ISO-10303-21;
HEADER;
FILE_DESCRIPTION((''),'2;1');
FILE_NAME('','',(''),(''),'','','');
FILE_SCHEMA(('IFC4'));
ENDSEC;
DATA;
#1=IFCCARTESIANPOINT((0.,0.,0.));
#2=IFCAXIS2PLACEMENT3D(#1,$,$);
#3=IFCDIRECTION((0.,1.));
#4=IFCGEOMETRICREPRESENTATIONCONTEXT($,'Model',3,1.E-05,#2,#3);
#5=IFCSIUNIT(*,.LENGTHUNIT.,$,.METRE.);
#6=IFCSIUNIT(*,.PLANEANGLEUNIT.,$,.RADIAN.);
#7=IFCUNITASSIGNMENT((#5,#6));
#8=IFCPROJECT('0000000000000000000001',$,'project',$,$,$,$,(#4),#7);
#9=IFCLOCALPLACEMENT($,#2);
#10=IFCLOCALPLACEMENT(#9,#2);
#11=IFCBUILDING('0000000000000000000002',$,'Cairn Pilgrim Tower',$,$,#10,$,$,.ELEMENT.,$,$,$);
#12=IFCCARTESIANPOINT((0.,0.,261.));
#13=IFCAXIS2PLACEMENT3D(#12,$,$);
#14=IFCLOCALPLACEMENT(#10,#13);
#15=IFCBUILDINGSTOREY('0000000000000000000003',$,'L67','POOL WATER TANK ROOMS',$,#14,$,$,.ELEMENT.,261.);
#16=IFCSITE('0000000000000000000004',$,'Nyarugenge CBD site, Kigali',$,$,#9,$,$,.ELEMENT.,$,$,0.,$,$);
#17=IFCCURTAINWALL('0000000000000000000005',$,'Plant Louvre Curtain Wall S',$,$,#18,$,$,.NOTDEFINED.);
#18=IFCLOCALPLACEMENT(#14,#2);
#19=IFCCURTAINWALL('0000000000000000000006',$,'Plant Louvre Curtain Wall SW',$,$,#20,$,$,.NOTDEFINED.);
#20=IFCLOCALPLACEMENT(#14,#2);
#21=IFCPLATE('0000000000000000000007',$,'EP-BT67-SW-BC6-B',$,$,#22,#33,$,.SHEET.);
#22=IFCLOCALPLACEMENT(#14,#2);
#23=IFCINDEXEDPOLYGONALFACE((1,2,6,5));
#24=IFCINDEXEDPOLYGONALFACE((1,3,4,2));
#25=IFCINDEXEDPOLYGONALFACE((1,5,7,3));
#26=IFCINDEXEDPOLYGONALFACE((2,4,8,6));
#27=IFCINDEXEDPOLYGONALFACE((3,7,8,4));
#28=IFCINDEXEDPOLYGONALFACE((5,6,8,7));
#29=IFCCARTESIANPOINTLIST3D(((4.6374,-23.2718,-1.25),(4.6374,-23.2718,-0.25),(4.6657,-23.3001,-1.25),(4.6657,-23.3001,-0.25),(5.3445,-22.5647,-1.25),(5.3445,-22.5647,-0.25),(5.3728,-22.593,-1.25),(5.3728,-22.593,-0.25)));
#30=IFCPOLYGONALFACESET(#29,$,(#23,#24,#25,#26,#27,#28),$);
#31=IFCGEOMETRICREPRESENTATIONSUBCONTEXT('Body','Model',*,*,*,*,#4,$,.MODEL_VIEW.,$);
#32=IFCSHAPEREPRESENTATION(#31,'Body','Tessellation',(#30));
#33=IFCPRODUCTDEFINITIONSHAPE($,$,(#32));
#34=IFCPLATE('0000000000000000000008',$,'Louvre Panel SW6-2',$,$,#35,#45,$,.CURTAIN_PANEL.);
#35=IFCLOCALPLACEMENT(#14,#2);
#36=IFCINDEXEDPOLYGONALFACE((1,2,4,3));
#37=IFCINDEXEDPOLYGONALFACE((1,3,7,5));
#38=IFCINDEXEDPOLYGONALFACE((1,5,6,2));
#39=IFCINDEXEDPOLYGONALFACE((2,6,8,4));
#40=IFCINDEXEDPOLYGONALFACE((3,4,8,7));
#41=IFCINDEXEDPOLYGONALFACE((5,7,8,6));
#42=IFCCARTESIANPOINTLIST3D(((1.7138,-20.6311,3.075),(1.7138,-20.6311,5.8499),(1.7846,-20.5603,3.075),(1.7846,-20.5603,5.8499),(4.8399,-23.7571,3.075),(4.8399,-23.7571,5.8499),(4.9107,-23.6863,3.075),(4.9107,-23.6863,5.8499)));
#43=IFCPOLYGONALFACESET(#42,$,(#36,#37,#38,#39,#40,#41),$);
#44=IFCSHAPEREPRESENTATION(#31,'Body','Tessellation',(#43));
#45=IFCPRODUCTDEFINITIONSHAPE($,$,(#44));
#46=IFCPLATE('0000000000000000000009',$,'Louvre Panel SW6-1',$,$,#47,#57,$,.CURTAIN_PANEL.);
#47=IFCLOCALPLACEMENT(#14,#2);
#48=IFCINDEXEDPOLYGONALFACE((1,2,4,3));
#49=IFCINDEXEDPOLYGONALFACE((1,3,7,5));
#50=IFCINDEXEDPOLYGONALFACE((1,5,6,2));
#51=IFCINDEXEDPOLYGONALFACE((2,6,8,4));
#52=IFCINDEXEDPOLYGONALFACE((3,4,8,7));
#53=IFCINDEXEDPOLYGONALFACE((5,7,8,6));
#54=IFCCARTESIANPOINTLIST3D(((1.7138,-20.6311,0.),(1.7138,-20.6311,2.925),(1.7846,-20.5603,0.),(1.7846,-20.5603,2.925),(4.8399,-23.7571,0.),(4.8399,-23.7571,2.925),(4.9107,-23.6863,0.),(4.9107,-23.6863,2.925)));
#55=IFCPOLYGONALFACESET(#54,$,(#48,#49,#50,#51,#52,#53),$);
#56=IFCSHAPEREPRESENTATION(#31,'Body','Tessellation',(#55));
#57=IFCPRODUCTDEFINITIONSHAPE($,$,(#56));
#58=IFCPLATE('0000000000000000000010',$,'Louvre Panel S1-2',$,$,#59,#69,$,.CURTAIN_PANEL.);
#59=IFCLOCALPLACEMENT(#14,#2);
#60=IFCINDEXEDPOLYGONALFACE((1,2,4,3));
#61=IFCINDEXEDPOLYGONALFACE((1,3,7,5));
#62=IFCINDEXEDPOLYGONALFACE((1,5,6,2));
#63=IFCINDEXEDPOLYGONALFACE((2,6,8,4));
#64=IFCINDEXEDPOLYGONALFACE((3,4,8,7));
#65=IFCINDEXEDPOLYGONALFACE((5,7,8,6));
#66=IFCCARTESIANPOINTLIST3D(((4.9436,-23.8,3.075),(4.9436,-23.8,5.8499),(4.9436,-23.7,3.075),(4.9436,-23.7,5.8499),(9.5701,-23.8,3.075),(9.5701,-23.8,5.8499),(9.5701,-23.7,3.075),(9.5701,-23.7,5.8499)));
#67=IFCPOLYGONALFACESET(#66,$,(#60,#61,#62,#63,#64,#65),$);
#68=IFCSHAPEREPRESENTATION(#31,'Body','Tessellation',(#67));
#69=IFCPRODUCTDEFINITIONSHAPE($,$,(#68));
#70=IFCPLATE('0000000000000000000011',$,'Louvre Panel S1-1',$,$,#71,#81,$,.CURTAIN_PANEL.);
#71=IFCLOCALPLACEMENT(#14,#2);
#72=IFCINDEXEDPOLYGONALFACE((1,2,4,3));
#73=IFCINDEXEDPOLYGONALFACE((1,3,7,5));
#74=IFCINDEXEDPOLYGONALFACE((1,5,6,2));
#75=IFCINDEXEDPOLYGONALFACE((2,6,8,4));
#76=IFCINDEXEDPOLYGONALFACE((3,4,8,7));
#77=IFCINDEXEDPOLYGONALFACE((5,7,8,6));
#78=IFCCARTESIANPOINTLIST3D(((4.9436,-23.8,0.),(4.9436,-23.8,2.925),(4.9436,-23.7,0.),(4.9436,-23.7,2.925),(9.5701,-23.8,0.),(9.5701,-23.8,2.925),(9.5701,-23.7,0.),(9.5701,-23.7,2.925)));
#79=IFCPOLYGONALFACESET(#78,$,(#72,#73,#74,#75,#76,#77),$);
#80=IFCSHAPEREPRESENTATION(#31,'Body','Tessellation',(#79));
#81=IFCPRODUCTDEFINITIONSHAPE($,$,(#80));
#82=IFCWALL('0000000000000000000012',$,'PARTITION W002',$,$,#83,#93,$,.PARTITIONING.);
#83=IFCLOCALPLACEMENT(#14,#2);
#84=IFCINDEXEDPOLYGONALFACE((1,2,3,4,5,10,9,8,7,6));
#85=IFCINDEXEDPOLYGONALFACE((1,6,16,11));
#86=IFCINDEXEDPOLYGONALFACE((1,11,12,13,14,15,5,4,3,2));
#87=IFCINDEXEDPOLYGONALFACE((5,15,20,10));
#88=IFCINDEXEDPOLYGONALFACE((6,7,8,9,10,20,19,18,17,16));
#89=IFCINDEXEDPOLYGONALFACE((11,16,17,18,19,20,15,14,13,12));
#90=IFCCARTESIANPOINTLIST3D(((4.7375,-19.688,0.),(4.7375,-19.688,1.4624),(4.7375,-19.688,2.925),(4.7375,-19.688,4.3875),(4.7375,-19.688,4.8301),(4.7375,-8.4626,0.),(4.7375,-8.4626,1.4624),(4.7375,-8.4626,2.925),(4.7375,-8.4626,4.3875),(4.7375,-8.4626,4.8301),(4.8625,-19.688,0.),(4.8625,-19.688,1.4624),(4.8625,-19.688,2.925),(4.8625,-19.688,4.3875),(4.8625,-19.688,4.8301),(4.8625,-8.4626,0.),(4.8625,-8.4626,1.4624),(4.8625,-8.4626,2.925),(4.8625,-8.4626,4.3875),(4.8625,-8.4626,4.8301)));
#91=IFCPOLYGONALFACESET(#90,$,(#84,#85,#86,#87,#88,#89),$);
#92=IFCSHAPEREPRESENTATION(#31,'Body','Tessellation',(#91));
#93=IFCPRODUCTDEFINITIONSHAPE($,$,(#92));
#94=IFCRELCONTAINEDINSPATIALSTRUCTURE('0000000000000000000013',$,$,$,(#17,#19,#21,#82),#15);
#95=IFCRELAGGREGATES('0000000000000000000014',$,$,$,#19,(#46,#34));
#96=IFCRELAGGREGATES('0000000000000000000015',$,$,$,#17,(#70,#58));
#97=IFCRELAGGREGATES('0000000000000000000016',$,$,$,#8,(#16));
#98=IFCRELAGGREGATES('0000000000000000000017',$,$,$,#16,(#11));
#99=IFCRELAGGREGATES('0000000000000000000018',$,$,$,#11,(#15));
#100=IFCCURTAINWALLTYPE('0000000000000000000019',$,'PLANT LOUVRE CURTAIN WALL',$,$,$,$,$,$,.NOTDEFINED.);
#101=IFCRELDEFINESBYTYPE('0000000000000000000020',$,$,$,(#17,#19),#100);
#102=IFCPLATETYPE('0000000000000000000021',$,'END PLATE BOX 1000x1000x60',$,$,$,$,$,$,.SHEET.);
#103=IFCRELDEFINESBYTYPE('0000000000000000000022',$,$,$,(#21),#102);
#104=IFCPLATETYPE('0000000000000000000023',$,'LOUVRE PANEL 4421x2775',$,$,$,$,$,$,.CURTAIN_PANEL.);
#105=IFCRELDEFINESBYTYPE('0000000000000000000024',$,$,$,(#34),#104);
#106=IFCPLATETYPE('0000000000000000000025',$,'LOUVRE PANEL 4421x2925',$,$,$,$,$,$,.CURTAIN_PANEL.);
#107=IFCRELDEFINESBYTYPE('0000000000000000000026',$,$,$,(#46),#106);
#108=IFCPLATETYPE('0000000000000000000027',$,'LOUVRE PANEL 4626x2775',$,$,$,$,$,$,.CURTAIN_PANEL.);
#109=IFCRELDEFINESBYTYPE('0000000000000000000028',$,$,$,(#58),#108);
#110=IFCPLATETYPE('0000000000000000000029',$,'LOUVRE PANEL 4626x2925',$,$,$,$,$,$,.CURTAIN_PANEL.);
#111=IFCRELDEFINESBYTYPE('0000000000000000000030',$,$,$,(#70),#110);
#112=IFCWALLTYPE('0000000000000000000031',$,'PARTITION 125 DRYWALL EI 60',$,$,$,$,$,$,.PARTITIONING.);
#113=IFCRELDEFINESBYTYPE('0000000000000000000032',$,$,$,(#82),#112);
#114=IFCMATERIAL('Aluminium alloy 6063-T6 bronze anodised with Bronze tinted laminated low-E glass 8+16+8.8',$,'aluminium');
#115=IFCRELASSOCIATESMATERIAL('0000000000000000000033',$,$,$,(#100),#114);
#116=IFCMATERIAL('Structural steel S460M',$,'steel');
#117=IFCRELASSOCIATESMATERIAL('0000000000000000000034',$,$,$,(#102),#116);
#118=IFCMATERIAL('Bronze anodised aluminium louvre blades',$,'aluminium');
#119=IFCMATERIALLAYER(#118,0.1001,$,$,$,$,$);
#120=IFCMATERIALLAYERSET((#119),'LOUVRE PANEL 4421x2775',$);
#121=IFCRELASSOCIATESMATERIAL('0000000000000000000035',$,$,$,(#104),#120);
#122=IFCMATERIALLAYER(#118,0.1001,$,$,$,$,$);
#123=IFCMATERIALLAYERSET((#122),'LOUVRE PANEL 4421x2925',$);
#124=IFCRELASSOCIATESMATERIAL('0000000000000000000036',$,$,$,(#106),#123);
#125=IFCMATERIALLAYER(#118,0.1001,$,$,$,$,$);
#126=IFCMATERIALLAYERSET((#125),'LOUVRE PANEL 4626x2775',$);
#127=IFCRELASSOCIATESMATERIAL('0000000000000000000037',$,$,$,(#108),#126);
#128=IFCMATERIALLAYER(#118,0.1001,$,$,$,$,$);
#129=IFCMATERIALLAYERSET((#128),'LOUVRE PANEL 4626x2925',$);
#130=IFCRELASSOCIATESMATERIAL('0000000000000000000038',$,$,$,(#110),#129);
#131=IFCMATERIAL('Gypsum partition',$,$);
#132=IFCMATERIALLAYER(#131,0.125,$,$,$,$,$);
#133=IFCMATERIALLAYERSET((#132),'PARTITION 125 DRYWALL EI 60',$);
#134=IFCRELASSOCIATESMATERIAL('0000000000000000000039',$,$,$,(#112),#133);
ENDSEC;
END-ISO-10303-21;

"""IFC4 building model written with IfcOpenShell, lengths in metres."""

from ifc_helpers import new_model, si_unit, direction, frame, origin, origin_2d, place, context, subcontext, project, spatial, polyline, rectangle, outline, extrude, material, layer, layer_set, material_profile, profile_set, type_object, element, aggregate, save


model = new_model("IFC4")

# Units and contexts
model_context = context("Model", 3, precision=1e-05, world=origin(), true_north=direction((0.0, 1.0)))
body_context = subcontext(model_context, "Body", "Model", "MODEL_VIEW")
ifc_project = project(units=[si_unit("LENGTHUNIT", "METRE"), si_unit("PLANEANGLEUNIT", "RADIAN")], contexts=[model_context])

# Site, building, storey
site_placement = place(None, origin())
site = spatial("IfcSite", under=ifc_project, at=site_placement, Name="Nyarugenge CBD site, Kigali", CompositionType="ELEMENT", RefElevation=0.0)
building_placement = place(site_placement, origin())
building = spatial("IfcBuilding", under=site, at=building_placement, Name="Cairn Pilgrim Tower", CompositionType="ELEMENT")
storey_placement = place(building_placement, frame((0.0, 0.0, 261.0)))
storey = spatial("IfcBuildingStorey", under=building, at=storey_placement, Name="L67", Description="POOL WATER TANK ROOMS", CompositionType="ELEMENT", Elevation=261.0)

# Shared definitions
ifc_material_1 = material(Name="Structural steel S460M", Category="steel")

# Curtain wall
ifc_material_2 = material(Name="Aluminium alloy 6063-T6 bronze anodised with Bronze tinted laminated low-E glass 8+16+8.8", Category="aluminium")
curtain_wall_type = type_object("IfcCurtainWallType", Name="PLANT LOUVRE CURTAIN WALL", PredefinedType="NOTDEFINED", material=ifc_material_2)
curtain_wall_1_placement = place(storey_placement, origin())
curtain_wall_1 = element("IfcCurtainWall", 1, at=curtain_wall_1_placement, inside=storey, type_object=curtain_wall_type, Name="Plant Louvre Curtain Wall S", PredefinedType="NOTDEFINED")

# Curtain wall
curtain_wall_2_placement = place(storey_placement, origin())
curtain_wall_2 = element("IfcCurtainWall", 2, at=curtain_wall_2_placement, inside=storey, type_object=curtain_wall_type, Name="Plant Louvre Curtain Wall SW", PredefinedType="NOTDEFINED")

# Plate
ifc_material_profile_1 = material_profile(ifc_material_1, rectangle(XDim=1.0, YDim=1.0, at=origin_2d()), Name="END PLATE BOX 1000x1000x60")
ifc_profile_set_1 = profile_set([ifc_material_profile_1], Name="Structural steel S460M")
plate_type_1 = type_object("IfcPlateType", Name="END PLATE BOX 1000x1000x60", PredefinedType="SHEET", material=ifc_profile_set_1)
for number, where, z_axis, x_axis, name in (
    (3, (4.991, -22.9182, -0.75), (0.707107, -0.707107, 0.0), (0.707107, 0.707107, 0.0), "EP-BT67-SW-BC6-B"),
):
    element("IfcPlate", number, at=place(storey_placement, frame(where, z_axis=z_axis, x_axis=x_axis)), inside=storey, type_object=plate_type_1, Name=name, PredefinedType="SHEET", context=body_context, shape_type="SweptSolid", body=[
        extrude(rectangle(XDim=1.0, YDim=1.0, at=origin_2d()), origin(), (0.0, 0.0, 1.0), 0.04),
    ])

# Plates
ifc_material_3 = material(Name="Bronze anodised aluminium louvre blades", Category="aluminium")
ifc_layer_1 = layer(ifc_material_3, 0.1001)
ifc_layer_set_1 = layer_set([ifc_layer_1], Name="LOUVRE PANEL 4421x2775")
plate_type_2 = type_object("IfcPlateType", Name="LOUVRE PANEL 4421x2775", PredefinedType="CURTAIN_PANEL", material=ifc_layer_set_1)
plate_1_placement = place(storey_placement, frame((3.3123, -22.1587, 3.075), z_axis=(0.0, 0.0, 1.0), x_axis=(0.707107, -0.707107, 0.0)))
plate_1 = element("IfcPlate", 4, at=plate_1_placement, type_object=plate_type_2, Name="Louvre Panel SW6-2", PredefinedType="CURTAIN_PANEL", context=body_context, shape_type="SweptSolid", body=[
    extrude(rectangle(XDim=4.4209, YDim=0.1001, at=origin_2d()), origin(), (0.0, 0.0, 1.0), 2.7749),
])
ifc_layer_2 = layer(ifc_material_3, 0.1001)
ifc_layer_set_2 = layer_set([ifc_layer_2], Name="LOUVRE PANEL 4421x2925")
plate_type_3 = type_object("IfcPlateType", Name="LOUVRE PANEL 4421x2925", PredefinedType="CURTAIN_PANEL", material=ifc_layer_set_2)
plate_2_placement = place(storey_placement, frame((3.3123, -22.1587, 0.0), z_axis=(0.0, 0.0, 1.0), x_axis=(0.707107, -0.707107, 0.0)))
plate_2 = element("IfcPlate", 5, at=plate_2_placement, type_object=plate_type_3, Name="Louvre Panel SW6-1", PredefinedType="CURTAIN_PANEL", context=body_context, shape_type="SweptSolid", body=[
    extrude(rectangle(XDim=4.4209, YDim=0.1001, at=origin_2d()), origin(), (0.0, 0.0, 1.0), 2.925),
])
aggregate(curtain_wall_2, [plate_2, plate_1])
ifc_layer_3 = layer(ifc_material_3, 0.1001)
ifc_layer_set_3 = layer_set([ifc_layer_3], Name="LOUVRE PANEL 4626x2775")
plate_type_4 = type_object("IfcPlateType", Name="LOUVRE PANEL 4626x2775", PredefinedType="CURTAIN_PANEL", material=ifc_layer_set_3)
plate_3_placement = place(storey_placement, frame((7.2568, -23.75, 3.075), z_axis=(0.0, 0.0, 1.0), x_axis=(1.0, 0.0, 0.0)))
plate_3 = element("IfcPlate", 6, at=plate_3_placement, type_object=plate_type_4, Name="Louvre Panel S1-2", PredefinedType="CURTAIN_PANEL", context=body_context, shape_type="SweptSolid", body=[
    extrude(rectangle(XDim=4.6265, YDim=0.1001, at=origin_2d()), origin(), (0.0, 0.0, 1.0), 2.7749),
])
ifc_layer_4 = layer(ifc_material_3, 0.1001)
ifc_layer_set_4 = layer_set([ifc_layer_4], Name="LOUVRE PANEL 4626x2925")
plate_type_5 = type_object("IfcPlateType", Name="LOUVRE PANEL 4626x2925", PredefinedType="CURTAIN_PANEL", material=ifc_layer_set_4)
plate_4_placement = place(storey_placement, frame((7.2568, -23.75, 0.0), z_axis=(0.0, 0.0, 1.0), x_axis=(1.0, 0.0, 0.0)))
plate_4 = element("IfcPlate", 7, at=plate_4_placement, type_object=plate_type_5, Name="Louvre Panel S1-1", PredefinedType="CURTAIN_PANEL", context=body_context, shape_type="SweptSolid", body=[
    extrude(rectangle(XDim=4.6265, YDim=0.1001, at=origin_2d()), origin(), (0.0, 0.0, 1.0), 2.925),
])
aggregate(curtain_wall_1, [plate_4, plate_3])

# Wall
ifc_material_4 = material(Name="Gypsum partition")
ifc_layer_5 = layer(ifc_material_4, 0.125)
ifc_layer_set_5 = layer_set([ifc_layer_5], Name="PARTITION 125 DRYWALL EI 60")
wall_type = type_object("IfcWallType", Name="PARTITION 125 DRYWALL EI 60", PredefinedType="PARTITIONING", material=ifc_layer_set_5)
wall_placement = place(storey_placement, frame((4.8, -19.688, 0.0), z_axis=(0.0, 0.0, 1.0), x_axis=(0.0, 1.0, 0.0)))
element("IfcWall", 8, at=wall_placement, inside=storey, type_object=wall_type, Name="PARTITION W002", PredefinedType="PARTITIONING", context=body_context, shape_type="SweptSolid", body=[
    extrude(outline(polyline([(0.0, 0.0), (11.2253, 0.0), (11.2253, 1.4624), (11.2253, 2.925), (11.2253, 4.3875), (11.2253, 4.8301), (0.0, 4.8301), (0.0, 4.3875), (0.0, 2.925), (0.0, 1.4624), (0.0, 0.0)])), frame((0.0, 0.0625, 0.0), z_axis=(0.0, -1.0, 0.0), x_axis=(1.0, 0.0, 0.0)), (0.0, 0.0, 1.0), 0.125),
])

save(model, "model.ifc")
